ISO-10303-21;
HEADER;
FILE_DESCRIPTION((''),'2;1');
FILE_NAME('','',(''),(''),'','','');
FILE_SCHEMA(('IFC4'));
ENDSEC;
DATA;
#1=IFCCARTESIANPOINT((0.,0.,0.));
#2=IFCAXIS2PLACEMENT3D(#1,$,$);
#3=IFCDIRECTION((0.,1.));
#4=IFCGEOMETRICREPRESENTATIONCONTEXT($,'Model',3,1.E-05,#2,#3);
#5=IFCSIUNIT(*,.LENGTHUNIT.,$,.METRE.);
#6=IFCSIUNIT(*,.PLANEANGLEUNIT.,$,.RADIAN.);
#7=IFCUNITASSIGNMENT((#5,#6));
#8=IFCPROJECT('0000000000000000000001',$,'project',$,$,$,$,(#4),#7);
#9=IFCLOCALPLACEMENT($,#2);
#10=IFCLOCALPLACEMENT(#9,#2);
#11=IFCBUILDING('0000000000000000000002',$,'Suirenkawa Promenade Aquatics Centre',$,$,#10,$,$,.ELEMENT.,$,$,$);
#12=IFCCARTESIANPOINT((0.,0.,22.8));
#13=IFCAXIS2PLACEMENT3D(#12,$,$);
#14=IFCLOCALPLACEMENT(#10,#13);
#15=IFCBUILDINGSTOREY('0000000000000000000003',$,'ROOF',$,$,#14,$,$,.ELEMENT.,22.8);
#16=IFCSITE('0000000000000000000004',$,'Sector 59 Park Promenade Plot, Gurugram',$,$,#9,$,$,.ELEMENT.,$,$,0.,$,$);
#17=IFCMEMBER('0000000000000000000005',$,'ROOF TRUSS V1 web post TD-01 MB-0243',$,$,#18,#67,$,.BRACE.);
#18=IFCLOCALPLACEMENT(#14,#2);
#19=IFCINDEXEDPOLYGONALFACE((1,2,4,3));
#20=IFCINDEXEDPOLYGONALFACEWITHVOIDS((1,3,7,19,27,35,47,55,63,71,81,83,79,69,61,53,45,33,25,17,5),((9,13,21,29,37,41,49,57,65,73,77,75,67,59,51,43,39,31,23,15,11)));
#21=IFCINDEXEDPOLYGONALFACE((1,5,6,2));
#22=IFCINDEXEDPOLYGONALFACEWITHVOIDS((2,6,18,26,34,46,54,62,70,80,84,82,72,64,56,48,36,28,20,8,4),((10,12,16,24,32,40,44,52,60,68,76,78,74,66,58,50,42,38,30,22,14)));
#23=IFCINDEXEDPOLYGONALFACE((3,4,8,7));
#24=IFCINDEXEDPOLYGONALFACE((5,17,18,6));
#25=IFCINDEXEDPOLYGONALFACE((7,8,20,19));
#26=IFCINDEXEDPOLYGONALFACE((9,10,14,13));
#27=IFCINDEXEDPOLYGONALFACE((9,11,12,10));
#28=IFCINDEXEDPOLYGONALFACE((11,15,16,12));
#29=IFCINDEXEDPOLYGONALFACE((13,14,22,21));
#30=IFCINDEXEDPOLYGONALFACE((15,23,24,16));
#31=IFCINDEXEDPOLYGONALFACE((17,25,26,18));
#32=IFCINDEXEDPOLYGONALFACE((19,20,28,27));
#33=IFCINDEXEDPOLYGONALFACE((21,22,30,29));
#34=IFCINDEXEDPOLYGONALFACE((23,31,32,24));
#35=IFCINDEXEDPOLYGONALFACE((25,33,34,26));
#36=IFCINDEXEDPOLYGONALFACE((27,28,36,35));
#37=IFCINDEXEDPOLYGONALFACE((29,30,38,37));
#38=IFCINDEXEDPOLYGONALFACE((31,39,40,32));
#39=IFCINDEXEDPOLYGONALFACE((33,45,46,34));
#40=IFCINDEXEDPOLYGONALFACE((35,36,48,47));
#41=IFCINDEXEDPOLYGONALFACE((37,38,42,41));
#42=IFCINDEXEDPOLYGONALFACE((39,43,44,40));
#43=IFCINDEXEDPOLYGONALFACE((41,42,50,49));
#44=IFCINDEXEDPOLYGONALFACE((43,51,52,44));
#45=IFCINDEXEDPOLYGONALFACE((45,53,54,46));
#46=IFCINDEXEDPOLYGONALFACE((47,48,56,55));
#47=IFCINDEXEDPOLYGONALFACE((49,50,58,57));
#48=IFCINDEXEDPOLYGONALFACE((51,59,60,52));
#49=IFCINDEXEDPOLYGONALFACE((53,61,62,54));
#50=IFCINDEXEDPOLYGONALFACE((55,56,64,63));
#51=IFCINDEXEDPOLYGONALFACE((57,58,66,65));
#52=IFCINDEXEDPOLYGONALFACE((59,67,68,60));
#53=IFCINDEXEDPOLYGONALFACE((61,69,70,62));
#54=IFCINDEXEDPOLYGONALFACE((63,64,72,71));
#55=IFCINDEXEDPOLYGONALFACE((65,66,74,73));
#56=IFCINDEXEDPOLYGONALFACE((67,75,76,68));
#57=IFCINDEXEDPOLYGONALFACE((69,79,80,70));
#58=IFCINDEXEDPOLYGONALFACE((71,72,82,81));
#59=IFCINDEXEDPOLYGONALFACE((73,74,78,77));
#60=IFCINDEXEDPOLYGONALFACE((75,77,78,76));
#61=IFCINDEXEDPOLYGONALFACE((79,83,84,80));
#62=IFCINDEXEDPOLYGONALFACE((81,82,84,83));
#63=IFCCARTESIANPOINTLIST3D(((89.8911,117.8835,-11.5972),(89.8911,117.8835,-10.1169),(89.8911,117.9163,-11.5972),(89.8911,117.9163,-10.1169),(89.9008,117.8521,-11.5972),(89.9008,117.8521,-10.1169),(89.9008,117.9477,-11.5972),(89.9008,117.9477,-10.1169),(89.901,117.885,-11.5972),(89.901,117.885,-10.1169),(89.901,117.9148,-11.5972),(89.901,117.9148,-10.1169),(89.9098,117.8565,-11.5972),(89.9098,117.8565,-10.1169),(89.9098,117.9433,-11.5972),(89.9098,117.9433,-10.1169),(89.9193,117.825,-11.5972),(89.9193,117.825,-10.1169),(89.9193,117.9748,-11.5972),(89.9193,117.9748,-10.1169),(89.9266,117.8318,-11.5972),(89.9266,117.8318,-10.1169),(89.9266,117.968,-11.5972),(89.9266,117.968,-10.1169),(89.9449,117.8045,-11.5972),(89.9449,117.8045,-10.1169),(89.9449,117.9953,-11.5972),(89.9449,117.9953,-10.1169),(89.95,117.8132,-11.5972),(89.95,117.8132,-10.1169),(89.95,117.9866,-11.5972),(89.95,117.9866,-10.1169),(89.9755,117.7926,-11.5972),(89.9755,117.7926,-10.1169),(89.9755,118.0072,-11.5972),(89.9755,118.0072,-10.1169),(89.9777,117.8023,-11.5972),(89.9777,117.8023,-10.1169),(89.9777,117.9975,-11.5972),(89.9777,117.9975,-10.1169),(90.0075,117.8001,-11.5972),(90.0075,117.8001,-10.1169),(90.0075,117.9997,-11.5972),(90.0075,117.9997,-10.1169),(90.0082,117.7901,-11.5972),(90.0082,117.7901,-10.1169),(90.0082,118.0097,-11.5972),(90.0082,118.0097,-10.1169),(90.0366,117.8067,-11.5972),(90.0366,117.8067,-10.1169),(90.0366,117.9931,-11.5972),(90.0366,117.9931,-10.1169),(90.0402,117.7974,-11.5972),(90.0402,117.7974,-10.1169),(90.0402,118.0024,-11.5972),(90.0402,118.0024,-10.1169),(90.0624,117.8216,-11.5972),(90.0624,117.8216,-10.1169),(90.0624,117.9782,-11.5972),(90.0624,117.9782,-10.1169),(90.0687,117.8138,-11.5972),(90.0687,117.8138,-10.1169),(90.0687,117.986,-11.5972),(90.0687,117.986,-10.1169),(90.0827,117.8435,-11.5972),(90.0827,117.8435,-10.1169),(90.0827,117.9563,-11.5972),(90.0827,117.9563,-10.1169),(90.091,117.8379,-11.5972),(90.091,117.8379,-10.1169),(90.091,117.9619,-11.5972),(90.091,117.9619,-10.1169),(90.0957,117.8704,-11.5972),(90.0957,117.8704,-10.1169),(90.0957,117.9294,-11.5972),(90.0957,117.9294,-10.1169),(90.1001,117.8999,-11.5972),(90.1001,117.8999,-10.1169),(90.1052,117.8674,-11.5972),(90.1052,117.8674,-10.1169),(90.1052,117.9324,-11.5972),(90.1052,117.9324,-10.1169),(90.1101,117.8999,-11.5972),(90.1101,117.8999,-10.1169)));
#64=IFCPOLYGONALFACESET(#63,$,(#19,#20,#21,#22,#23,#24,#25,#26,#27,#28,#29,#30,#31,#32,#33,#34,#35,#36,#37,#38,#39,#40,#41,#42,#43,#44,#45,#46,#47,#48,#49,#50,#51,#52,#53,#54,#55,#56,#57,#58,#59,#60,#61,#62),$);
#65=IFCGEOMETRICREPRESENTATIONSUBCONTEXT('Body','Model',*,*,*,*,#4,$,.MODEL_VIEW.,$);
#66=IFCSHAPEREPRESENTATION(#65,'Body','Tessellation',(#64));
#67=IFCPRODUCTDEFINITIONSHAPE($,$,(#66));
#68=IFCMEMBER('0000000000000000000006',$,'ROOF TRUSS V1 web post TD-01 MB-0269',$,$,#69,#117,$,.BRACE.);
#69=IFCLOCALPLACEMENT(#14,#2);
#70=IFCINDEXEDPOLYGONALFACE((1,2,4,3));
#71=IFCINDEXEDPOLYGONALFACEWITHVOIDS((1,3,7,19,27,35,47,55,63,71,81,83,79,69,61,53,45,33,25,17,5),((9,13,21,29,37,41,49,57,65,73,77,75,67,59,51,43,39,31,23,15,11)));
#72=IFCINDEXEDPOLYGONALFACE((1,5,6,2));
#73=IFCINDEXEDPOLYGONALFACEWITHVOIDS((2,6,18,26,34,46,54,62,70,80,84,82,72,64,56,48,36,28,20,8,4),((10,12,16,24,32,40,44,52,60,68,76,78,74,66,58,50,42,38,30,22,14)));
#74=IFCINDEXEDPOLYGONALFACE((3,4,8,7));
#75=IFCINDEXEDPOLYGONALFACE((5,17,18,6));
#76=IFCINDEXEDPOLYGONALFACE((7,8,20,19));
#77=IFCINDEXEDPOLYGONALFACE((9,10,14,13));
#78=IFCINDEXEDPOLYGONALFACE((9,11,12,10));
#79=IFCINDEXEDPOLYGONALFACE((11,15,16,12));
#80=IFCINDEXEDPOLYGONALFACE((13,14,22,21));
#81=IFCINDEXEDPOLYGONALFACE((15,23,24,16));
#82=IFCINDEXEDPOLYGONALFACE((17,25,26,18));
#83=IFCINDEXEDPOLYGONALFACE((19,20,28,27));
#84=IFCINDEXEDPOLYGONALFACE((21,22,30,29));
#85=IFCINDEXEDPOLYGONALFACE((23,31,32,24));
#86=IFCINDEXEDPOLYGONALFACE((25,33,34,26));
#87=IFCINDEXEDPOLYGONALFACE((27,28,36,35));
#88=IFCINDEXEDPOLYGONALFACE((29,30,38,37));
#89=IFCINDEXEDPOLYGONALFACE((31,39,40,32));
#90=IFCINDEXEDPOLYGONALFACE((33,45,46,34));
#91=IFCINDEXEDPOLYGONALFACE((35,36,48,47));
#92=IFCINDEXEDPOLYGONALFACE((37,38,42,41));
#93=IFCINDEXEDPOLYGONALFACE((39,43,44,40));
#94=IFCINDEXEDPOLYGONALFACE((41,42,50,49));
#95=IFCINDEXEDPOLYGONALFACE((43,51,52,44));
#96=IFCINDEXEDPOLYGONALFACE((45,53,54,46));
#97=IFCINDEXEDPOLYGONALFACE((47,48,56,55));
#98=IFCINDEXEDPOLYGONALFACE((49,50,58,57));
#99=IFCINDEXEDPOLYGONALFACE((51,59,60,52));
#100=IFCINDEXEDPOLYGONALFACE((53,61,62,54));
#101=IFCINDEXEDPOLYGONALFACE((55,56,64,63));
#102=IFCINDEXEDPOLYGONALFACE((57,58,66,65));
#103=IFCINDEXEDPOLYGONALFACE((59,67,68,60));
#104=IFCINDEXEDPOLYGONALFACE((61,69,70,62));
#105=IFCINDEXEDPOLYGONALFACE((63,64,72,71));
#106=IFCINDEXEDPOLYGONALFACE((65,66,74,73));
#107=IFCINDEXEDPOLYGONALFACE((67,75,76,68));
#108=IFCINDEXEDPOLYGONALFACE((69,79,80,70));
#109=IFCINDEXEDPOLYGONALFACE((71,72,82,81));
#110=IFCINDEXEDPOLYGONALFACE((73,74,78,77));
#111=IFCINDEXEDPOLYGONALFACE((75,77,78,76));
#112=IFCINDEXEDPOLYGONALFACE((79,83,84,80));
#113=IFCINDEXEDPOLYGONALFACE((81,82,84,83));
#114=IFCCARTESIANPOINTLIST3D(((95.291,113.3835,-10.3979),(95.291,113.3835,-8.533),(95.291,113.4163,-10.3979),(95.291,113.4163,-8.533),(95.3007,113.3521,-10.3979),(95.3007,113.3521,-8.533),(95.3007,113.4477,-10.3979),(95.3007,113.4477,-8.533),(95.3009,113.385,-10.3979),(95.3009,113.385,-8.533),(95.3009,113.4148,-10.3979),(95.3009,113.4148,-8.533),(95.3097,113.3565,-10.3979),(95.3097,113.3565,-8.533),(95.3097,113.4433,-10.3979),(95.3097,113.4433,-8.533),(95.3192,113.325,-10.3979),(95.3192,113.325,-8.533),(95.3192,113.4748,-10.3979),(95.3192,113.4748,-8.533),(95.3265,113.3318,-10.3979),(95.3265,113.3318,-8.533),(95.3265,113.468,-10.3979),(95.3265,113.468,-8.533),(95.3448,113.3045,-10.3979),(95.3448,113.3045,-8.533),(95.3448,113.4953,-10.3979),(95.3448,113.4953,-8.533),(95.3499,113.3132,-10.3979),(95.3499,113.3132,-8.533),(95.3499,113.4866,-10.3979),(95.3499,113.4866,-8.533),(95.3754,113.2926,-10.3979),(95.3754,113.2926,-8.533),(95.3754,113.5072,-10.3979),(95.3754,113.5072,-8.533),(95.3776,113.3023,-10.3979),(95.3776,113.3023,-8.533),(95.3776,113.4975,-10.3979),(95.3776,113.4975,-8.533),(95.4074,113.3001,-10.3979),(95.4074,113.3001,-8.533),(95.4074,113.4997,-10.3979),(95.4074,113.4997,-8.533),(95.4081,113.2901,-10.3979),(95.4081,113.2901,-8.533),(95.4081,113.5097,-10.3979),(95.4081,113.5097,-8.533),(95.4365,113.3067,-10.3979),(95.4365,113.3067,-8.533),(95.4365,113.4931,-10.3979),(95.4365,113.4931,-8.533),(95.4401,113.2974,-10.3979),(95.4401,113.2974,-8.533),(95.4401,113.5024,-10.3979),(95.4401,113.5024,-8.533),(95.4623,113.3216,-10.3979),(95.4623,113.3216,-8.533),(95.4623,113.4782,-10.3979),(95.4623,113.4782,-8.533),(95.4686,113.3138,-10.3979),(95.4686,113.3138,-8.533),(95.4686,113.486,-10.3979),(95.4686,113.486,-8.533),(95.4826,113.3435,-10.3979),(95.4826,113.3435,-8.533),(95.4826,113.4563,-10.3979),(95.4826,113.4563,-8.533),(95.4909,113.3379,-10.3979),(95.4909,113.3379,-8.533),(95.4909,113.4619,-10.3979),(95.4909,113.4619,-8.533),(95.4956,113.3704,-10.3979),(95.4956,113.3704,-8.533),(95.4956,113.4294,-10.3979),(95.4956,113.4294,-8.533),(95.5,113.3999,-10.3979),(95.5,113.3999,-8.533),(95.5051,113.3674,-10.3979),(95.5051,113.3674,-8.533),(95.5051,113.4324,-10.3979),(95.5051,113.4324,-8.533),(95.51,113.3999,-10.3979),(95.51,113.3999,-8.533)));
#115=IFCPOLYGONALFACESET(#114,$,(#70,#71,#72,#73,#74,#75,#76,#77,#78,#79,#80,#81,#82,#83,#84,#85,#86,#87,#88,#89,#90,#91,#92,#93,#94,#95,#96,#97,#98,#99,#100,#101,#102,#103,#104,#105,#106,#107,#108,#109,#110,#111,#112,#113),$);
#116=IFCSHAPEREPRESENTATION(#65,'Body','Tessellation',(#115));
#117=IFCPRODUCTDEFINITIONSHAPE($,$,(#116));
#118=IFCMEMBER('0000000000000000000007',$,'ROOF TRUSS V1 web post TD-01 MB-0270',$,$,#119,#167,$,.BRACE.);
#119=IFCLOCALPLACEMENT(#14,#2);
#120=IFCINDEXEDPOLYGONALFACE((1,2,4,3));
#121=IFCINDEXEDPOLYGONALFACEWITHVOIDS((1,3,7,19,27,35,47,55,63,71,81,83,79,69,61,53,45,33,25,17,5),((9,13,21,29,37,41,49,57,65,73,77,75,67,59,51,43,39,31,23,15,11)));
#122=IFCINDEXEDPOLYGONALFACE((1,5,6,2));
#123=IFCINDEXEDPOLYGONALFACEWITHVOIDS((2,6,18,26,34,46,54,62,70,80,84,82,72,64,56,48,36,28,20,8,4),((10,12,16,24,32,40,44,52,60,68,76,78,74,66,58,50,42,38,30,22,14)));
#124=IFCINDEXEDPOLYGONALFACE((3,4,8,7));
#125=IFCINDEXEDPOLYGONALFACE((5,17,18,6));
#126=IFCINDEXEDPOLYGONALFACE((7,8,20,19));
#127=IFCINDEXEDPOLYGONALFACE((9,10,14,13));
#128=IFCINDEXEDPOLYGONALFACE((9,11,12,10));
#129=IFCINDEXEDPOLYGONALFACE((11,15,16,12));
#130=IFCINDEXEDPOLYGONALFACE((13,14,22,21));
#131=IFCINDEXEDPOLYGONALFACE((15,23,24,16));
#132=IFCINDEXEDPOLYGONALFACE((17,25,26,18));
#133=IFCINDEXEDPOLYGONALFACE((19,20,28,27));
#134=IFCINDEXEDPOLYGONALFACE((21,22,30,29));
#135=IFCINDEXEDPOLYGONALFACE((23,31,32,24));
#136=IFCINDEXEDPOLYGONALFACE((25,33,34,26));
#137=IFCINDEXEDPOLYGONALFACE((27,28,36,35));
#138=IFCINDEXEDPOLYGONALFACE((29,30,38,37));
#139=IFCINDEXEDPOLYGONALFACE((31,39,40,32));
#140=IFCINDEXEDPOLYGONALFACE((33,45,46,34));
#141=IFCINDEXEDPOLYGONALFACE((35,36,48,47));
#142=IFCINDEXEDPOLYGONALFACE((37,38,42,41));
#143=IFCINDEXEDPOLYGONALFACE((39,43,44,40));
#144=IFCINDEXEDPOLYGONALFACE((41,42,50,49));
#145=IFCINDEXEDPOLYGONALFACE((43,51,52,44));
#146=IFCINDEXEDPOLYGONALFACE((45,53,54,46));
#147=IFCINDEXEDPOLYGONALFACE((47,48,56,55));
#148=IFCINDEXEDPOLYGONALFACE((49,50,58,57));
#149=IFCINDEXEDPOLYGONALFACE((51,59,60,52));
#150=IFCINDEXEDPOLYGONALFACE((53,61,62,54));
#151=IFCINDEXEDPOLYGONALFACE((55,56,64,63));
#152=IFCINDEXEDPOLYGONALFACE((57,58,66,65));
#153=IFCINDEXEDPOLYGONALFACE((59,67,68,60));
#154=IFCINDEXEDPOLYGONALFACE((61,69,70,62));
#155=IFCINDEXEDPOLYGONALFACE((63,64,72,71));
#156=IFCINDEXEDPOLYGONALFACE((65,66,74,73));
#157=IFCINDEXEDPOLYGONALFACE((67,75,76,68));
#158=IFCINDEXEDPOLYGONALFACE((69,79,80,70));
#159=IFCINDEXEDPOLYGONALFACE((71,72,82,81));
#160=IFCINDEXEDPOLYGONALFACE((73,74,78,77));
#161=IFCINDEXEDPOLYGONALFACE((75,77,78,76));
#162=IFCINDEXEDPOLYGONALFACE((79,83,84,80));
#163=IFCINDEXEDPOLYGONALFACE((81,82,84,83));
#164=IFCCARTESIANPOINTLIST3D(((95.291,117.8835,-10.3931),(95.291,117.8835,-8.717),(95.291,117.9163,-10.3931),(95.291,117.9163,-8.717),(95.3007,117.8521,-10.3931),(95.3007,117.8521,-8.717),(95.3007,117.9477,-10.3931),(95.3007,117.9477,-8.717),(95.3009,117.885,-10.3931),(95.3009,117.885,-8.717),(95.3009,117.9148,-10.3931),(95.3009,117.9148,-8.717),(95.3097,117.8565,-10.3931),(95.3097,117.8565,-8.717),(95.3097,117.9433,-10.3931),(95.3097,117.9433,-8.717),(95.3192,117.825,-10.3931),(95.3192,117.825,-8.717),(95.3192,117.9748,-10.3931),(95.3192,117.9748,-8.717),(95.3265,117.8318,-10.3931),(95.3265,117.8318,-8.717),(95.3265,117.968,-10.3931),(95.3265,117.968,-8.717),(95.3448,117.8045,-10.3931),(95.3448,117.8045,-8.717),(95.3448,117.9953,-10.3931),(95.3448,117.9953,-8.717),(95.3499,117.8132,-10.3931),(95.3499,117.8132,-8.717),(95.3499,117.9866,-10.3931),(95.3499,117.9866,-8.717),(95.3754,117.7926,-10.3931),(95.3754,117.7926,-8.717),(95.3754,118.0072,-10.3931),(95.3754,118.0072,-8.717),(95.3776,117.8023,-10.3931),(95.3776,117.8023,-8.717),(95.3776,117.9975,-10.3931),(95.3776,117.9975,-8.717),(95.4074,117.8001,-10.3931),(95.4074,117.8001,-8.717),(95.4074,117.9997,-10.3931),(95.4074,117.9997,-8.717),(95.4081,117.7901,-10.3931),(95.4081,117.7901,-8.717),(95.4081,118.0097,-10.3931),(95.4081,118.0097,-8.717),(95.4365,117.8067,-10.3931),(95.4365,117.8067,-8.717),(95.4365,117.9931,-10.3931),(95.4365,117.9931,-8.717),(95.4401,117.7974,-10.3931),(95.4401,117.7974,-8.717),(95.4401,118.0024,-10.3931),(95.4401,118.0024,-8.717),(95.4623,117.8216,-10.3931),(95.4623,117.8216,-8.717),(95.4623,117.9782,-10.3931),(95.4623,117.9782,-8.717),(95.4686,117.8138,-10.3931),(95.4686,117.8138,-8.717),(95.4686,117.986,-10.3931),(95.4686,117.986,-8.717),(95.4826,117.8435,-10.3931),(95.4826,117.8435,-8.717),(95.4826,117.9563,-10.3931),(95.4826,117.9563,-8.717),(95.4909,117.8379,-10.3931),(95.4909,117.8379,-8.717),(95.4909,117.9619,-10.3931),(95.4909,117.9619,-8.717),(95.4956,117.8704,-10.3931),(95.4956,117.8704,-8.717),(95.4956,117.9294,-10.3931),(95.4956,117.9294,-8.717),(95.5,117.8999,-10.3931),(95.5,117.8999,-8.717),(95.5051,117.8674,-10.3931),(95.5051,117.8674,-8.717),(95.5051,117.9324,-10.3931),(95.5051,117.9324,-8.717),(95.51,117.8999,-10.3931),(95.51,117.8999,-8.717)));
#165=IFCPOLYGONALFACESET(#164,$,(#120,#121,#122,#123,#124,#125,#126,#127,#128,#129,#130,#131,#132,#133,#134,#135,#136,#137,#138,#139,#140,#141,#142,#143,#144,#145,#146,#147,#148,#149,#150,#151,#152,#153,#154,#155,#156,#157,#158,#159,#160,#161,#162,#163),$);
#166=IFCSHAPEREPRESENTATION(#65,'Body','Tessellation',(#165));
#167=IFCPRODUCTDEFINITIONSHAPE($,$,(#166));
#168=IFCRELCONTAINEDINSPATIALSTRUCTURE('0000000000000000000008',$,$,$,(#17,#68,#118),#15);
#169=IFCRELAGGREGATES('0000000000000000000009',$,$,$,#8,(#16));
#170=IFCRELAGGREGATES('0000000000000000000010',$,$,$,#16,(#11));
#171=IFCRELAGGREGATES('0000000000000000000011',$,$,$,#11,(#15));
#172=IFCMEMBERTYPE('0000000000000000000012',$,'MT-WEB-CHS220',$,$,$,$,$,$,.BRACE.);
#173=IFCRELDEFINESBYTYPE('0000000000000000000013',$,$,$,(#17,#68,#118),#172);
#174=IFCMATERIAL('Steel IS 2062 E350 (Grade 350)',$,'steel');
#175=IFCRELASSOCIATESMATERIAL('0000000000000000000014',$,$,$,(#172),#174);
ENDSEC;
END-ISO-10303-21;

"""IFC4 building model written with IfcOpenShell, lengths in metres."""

from ifc_helpers import new_model, si_unit, direction, frame, origin, origin_2d, place, context, subcontext, project, spatial, hollow_circle, extrude, material, material_profile, profile_set, type_object, element, save


model = new_model("IFC4")

# Units and contexts
model_context = context("Model", 3, precision=1e-05, world=origin(), true_north=direction((0.0, 1.0)))
body_context = subcontext(model_context, "Body", "Model", "MODEL_VIEW")
ifc_project = project(units=[si_unit("LENGTHUNIT", "METRE"), si_unit("PLANEANGLEUNIT", "RADIAN")], contexts=[model_context])

# Site, building, storey
site_placement = place(None, origin())
site = spatial("IfcSite", under=ifc_project, at=site_placement, Name="Sector 59 Park Promenade Plot, Gurugram", CompositionType="ELEMENT", RefElevation=0.0)
building_placement = place(site_placement, origin())
building = spatial("IfcBuilding", under=site, at=building_placement, Name="Suirenkawa Promenade Aquatics Centre", CompositionType="ELEMENT")
storey_placement = place(building_placement, frame((0.0, 0.0, 22.8)))
storey = spatial("IfcBuildingStorey", under=building, at=storey_placement, Name="ROOF", CompositionType="ELEMENT", Elevation=22.8)

# Shared definitions
ifc_material = material(Name="Steel IS 2062 E350 (Grade 350)", Category="steel")

# Members
ifc_material_profile_1 = material_profile(ifc_material, hollow_circle(Radius=0.1101, WallThickness=0.01, at=origin_2d()), Name="CHS 220x10", Category="steel")
ifc_profile_set_1 = profile_set([ifc_material_profile_1], Name="Steel IS 2062 E350 (Grade 350)")
member_type_1 = type_object("IfcMemberType", Name="MT-WEB-CHS220", PredefinedType="BRACE", material=ifc_profile_set_1)
member_1_placement = place(storey_placement, frame((90.0, 117.8999, -11.5972), z_axis=(0.0, 0.0, 1.0), x_axis=(1.0, 0.0, 0.0)))
element("IfcMember", 1, at=member_1_placement, inside=storey, type_object=member_type_1, Name="ROOF TRUSS V1 web post TD-01 MB-0243", PredefinedType="BRACE", context=body_context, shape_type="SweptSolid", body=[
    extrude(hollow_circle(Radius=0.1101, WallThickness=0.01, at=origin_2d()), origin(), (0.0, 0.0, 1.0), 1.4802),
])
member_2_placement = place(storey_placement, frame((95.3999, 113.3999, -10.3979), z_axis=(0.0, 0.0, 1.0), x_axis=(1.0, 0.0, 0.0)))
element("IfcMember", 2, at=member_2_placement, inside=storey, type_object=member_type_1, Name="ROOF TRUSS V1 web post TD-01 MB-0269", PredefinedType="BRACE", context=body_context, shape_type="SweptSolid", body=[
    extrude(hollow_circle(Radius=0.1101, WallThickness=0.01, at=origin_2d()), origin(), (0.0, 0.0, 1.0), 1.865),
])
member_3_placement = place(storey_placement, frame((95.3999, 117.8999, -10.3931), z_axis=(0.0, 0.0, 1.0), x_axis=(1.0, 0.0, 0.0)))
element("IfcMember", 3, at=member_3_placement, inside=storey, type_object=member_type_1, Name="ROOF TRUSS V1 web post TD-01 MB-0270", PredefinedType="BRACE", context=body_context, shape_type="SweptSolid", body=[
    extrude(hollow_circle(Radius=0.1101, WallThickness=0.01, at=origin_2d()), origin(), (0.0, 0.0, 1.0), 1.676),
])

save(model, "model.ifc")
